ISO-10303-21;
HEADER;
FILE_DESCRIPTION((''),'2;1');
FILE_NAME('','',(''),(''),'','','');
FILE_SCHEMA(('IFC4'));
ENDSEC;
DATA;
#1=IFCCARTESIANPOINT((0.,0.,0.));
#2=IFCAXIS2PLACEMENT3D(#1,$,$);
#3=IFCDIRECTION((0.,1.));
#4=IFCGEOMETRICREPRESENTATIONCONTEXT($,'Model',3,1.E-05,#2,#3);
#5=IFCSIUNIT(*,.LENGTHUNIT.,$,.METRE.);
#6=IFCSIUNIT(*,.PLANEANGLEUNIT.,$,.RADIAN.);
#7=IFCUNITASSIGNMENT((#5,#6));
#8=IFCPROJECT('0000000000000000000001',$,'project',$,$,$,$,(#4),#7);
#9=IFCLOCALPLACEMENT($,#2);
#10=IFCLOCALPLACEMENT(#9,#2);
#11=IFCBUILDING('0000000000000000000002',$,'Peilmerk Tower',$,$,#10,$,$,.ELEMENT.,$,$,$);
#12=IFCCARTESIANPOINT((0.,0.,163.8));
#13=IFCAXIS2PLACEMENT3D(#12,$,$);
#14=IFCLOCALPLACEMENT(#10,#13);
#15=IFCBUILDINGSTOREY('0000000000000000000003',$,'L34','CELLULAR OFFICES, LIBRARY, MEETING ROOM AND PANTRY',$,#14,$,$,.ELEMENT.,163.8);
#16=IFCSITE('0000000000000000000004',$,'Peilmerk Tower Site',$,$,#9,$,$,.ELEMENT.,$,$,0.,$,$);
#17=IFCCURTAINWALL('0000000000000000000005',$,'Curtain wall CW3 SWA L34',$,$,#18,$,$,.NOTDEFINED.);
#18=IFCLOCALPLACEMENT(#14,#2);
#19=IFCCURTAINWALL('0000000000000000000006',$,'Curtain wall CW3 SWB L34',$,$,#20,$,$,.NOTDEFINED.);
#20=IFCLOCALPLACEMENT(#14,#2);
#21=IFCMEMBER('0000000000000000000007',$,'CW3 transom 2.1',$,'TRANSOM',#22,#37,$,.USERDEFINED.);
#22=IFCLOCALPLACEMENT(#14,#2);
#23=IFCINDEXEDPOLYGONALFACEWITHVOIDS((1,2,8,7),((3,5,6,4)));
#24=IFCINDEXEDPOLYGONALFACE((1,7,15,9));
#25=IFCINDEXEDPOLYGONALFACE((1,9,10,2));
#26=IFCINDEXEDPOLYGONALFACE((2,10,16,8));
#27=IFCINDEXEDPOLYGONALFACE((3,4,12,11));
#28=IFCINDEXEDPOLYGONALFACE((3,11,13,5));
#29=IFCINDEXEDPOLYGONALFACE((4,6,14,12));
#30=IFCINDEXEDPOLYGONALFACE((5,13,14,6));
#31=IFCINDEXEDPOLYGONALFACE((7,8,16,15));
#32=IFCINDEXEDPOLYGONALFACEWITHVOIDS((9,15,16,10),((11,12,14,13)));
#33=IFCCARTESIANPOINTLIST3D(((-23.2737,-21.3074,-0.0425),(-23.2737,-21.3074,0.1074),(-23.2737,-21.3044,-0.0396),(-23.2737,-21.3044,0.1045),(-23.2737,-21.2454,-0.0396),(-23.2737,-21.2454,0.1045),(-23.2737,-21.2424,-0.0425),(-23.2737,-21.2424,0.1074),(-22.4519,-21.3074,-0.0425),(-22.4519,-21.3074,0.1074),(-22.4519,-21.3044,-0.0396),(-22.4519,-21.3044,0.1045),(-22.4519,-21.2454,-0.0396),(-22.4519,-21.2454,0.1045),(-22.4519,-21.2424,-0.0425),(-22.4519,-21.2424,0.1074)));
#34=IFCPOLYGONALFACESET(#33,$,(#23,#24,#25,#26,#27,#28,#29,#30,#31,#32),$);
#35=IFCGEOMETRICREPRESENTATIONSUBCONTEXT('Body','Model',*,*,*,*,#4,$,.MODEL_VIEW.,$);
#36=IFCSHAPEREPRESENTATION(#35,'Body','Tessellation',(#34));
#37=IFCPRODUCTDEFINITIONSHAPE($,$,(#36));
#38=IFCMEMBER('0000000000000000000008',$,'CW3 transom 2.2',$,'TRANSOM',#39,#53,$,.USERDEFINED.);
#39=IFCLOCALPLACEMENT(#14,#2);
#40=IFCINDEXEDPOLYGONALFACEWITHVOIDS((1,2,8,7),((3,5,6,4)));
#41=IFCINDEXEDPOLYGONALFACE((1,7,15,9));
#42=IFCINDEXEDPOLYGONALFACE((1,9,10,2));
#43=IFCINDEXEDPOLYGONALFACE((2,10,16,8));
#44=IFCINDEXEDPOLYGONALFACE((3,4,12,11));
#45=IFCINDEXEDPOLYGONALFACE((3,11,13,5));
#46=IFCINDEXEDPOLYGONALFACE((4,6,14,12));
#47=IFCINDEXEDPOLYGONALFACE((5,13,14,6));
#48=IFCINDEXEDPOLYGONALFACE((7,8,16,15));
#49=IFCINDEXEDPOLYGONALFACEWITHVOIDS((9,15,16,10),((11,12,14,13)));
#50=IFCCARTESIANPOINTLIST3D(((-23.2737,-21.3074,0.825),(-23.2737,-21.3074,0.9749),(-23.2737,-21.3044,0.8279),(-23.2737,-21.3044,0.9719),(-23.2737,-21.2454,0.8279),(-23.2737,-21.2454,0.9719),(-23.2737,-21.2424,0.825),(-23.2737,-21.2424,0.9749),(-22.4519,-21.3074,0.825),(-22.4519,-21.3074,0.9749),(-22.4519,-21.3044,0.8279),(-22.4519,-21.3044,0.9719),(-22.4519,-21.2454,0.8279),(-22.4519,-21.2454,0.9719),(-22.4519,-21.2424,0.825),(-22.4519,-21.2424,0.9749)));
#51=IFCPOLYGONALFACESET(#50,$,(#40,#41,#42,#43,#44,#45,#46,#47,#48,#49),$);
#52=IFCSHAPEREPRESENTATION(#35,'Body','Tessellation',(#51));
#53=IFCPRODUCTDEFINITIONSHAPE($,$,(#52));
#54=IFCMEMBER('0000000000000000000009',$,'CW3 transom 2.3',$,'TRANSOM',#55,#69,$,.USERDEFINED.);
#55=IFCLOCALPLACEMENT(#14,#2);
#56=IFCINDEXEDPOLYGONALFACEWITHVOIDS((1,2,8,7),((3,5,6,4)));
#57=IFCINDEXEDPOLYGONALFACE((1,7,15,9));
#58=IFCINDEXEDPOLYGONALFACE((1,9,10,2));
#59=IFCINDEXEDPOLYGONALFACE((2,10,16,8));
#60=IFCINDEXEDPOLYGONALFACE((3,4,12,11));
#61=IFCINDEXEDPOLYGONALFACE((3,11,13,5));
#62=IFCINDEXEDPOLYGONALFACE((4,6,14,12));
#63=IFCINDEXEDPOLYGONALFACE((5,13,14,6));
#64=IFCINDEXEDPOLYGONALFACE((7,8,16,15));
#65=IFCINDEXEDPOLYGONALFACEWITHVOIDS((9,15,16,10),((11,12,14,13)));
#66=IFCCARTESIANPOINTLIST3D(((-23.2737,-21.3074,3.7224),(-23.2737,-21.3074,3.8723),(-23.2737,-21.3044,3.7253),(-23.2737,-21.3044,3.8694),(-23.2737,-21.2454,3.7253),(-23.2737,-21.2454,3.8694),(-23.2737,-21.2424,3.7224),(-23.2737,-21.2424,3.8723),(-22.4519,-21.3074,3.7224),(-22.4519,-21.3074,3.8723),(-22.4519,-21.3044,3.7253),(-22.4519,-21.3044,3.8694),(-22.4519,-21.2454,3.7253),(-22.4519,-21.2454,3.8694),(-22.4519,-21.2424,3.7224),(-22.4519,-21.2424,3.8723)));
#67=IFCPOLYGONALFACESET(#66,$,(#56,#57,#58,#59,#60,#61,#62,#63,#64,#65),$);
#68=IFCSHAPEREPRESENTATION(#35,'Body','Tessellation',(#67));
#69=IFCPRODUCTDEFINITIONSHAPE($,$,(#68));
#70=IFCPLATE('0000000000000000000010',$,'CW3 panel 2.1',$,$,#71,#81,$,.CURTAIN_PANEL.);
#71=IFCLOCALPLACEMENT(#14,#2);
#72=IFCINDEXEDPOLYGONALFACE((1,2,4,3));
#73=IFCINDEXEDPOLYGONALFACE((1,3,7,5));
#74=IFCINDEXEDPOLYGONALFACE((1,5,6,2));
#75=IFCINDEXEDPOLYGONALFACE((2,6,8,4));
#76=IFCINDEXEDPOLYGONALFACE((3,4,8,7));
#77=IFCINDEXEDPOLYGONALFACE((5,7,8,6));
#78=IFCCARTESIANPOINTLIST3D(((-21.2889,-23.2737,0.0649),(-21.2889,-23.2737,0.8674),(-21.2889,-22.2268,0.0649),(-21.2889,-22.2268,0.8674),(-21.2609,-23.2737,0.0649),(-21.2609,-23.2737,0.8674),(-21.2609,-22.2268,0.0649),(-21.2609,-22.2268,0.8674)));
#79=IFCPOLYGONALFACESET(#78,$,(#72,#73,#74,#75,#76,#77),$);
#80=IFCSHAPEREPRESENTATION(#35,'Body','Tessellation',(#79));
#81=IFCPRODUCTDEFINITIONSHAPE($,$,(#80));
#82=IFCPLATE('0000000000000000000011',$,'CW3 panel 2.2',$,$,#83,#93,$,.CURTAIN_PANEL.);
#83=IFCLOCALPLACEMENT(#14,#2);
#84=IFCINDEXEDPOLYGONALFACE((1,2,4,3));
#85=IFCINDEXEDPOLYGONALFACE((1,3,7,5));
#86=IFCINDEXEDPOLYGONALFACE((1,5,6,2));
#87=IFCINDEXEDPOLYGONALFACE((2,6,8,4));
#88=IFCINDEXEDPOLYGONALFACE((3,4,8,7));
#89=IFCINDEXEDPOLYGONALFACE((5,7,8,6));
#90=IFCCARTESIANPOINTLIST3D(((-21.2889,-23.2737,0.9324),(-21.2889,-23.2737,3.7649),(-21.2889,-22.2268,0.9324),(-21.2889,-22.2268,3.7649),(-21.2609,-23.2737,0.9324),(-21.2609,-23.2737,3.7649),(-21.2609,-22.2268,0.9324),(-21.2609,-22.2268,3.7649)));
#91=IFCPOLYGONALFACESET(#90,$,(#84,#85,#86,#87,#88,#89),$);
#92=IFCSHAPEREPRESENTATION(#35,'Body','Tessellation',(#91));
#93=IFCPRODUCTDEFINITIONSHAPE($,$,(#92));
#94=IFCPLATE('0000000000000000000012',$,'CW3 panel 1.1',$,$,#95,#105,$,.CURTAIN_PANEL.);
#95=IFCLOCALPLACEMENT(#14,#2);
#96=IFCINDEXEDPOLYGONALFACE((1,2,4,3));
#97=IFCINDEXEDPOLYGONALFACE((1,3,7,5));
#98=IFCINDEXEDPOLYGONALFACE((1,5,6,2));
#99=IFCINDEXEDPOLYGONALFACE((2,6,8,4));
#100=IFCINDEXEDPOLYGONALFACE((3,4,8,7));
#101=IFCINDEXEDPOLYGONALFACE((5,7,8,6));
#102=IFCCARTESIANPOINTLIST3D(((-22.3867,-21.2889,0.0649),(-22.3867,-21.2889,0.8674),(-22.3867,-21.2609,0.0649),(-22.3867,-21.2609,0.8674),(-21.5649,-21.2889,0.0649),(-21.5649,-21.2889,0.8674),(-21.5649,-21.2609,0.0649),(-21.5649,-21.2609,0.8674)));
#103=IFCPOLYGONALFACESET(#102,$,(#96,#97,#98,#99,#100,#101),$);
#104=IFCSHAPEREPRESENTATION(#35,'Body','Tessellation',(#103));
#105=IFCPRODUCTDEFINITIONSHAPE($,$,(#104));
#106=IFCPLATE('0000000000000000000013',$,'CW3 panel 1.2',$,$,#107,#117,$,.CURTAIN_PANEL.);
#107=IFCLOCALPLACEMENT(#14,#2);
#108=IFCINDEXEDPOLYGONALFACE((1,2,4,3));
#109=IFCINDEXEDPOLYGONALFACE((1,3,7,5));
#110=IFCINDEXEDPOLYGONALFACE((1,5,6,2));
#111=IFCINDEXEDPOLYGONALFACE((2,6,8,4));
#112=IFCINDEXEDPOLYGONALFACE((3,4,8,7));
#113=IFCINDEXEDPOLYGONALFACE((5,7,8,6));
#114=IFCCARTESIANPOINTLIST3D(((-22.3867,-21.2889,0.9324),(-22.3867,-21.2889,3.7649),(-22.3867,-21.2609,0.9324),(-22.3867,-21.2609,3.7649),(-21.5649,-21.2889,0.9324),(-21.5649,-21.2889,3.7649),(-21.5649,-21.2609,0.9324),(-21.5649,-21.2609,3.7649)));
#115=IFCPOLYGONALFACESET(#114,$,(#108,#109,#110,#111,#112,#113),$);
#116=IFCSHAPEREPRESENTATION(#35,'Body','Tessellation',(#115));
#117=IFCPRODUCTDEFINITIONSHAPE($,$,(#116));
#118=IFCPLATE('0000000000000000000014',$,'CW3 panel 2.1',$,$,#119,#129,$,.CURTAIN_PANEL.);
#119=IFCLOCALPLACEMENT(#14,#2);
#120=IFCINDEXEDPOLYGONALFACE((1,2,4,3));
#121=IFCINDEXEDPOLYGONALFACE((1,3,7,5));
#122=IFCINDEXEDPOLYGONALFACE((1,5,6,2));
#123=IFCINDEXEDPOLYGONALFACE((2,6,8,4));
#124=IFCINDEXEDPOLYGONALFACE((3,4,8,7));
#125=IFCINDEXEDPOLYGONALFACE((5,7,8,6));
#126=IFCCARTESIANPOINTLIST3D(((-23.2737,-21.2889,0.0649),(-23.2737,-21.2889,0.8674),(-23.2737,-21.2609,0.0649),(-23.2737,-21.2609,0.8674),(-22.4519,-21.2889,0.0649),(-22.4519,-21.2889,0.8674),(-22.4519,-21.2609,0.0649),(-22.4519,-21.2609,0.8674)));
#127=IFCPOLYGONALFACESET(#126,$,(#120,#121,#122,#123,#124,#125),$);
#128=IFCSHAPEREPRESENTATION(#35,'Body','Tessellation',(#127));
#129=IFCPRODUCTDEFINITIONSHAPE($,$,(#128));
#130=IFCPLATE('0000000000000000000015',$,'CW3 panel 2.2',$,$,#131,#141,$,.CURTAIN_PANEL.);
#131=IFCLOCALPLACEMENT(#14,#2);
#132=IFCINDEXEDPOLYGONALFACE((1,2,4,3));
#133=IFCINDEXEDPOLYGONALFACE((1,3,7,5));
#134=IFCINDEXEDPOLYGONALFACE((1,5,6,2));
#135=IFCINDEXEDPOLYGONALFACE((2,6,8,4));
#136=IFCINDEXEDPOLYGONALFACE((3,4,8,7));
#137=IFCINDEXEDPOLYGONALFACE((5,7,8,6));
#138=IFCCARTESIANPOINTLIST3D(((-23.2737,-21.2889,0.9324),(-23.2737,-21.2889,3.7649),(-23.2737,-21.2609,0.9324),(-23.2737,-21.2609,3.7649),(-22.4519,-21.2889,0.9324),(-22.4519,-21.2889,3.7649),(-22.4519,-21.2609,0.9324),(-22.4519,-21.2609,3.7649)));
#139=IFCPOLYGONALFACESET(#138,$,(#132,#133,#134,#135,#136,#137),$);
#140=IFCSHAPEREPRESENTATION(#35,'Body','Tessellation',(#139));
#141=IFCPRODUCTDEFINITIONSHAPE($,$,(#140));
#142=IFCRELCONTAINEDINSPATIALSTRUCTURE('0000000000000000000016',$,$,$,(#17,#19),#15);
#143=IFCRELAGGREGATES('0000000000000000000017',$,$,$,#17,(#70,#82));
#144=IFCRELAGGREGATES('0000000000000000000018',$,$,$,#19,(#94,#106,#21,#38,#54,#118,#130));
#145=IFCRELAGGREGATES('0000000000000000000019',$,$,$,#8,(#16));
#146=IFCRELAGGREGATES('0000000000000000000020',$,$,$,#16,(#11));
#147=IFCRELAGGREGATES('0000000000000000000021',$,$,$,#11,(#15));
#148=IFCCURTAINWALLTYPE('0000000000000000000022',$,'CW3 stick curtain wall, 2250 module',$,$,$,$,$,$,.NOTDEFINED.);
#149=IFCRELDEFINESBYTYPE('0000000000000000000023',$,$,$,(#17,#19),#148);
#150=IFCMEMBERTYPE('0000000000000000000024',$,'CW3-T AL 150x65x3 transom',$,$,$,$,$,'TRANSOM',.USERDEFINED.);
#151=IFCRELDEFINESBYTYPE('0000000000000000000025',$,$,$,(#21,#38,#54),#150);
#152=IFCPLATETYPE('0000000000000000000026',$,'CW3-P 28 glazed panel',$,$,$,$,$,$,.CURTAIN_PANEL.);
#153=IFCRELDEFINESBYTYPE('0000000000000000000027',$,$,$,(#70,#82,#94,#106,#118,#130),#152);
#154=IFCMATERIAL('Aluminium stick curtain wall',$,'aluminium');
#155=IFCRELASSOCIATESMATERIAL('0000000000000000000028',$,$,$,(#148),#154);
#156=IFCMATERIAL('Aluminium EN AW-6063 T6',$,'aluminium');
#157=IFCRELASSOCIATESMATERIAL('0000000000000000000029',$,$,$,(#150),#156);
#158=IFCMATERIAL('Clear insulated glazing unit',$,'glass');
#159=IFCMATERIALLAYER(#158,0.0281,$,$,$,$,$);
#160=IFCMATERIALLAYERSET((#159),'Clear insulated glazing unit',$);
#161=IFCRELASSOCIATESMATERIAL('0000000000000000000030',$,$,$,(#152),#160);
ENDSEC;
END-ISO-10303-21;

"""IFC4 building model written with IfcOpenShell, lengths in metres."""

from ifc_helpers import new_model, si_unit, direction, frame, origin, origin_2d, place, context, subcontext, project, spatial, rectangle, hollow_rectangle, extrude, material, layer, layer_set, material_profile, profile_set, type_object, element, aggregate, save


model = new_model("IFC4")

# Units and contexts
model_context = context("Model", 3, precision=1e-05, world=origin(), true_north=direction((0.0, 1.0)))
body_context = subcontext(model_context, "Body", "Model", "MODEL_VIEW")
ifc_project = project(units=[si_unit("LENGTHUNIT", "METRE"), si_unit("PLANEANGLEUNIT", "RADIAN")], contexts=[model_context])

# Site, building, storey
site_placement = place(None, origin())
site = spatial("IfcSite", under=ifc_project, at=site_placement, Name="Peilmerk Tower Site", CompositionType="ELEMENT", RefElevation=0.0)
building_placement = place(site_placement, origin())
building = spatial("IfcBuilding", under=site, at=building_placement, Name="Peilmerk Tower", CompositionType="ELEMENT")
storey_placement = place(building_placement, frame((0.0, 0.0, 163.8)))
storey = spatial("IfcBuildingStorey", under=building, at=storey_placement, Name="L34", Description="CELLULAR OFFICES, LIBRARY, MEETING ROOM AND PANTRY", CompositionType="ELEMENT", Elevation=163.8)

# Curtain wall
ifc_material_1 = material(Name="Aluminium stick curtain wall", Category="aluminium")
curtain_wall_type = type_object("IfcCurtainWallType", Name="CW3 stick curtain wall, 2250 module", PredefinedType="NOTDEFINED", material=ifc_material_1)
curtain_wall_1_placement = place(storey_placement, origin())
curtain_wall_1 = element("IfcCurtainWall", 1, at=curtain_wall_1_placement, inside=storey, type_object=curtain_wall_type, Name="Curtain wall CW3 SWA L34", PredefinedType="NOTDEFINED")
ifc_material_2 = material(Name="Aluminium EN AW-6063 T6", Category="aluminium")

# Curtain wall, members
curtain_wall_2_placement = place(storey_placement, origin())
curtain_wall_2 = element("IfcCurtainWall", 2, at=curtain_wall_2_placement, inside=storey, type_object=curtain_wall_type, Name="Curtain wall CW3 SWB L34", PredefinedType="NOTDEFINED")
ifc_material_profile_1 = material_profile(ifc_material_2, hollow_rectangle(XDim=0.0649, YDim=0.1499, WallThickness=0.0029, at=origin_2d()), Name="AL 150x65x3")
ifc_profile_set_1 = profile_set([ifc_material_profile_1], Name="Aluminium EN AW-6063 T6")
member_type_1 = type_object("IfcMemberType", Name="CW3-T AL 150x65x3 transom", ElementType="TRANSOM", PredefinedType="USERDEFINED", material=ifc_profile_set_1)
member_1_placement = place(storey_placement, frame((-22.4519, -21.2749, 0.0325), z_axis=(-1.0, 0.0, 0.0), x_axis=(0.0, -1.0, 0.0)))
member_1 = element("IfcMember", 3, at=member_1_placement, type_object=member_type_1, Name="CW3 transom 2.1", ObjectType="TRANSOM", PredefinedType="USERDEFINED", context=body_context, shape_type="SweptSolid", body=[
    extrude(hollow_rectangle(XDim=0.0649, YDim=0.1499, WallThickness=0.0029, at=origin_2d()), origin(), (0.0, 0.0, 1.0), 0.8218),
])
member_2_placement = place(storey_placement, frame((-22.4519, -21.2749, 0.8999), z_axis=(-1.0, 0.0, 0.0), x_axis=(0.0, -1.0, 0.0)))
member_2 = element("IfcMember", 4, at=member_2_placement, type_object=member_type_1, Name="CW3 transom 2.2", ObjectType="TRANSOM", PredefinedType="USERDEFINED", context=body_context, shape_type="SweptSolid", body=[
    extrude(hollow_rectangle(XDim=0.0649, YDim=0.1499, WallThickness=0.0029, at=origin_2d()), origin(), (0.0, 0.0, 1.0), 0.8218),
])
member_3_placement = place(storey_placement, frame((-22.4519, -21.2749, 3.7974), z_axis=(-1.0, 0.0, 0.0), x_axis=(0.0, -1.0, 0.0)))
member_3 = element("IfcMember", 5, at=member_3_placement, type_object=member_type_1, Name="CW3 transom 2.3", ObjectType="TRANSOM", PredefinedType="USERDEFINED", context=body_context, shape_type="SweptSolid", body=[
    extrude(hollow_rectangle(XDim=0.0649, YDim=0.1499, WallThickness=0.0029, at=origin_2d()), origin(), (0.0, 0.0, 1.0), 0.8218),
])

# Plates
ifc_material_3 = material(Name="Clear insulated glazing unit", Category="glass")
ifc_layer_1 = layer(ifc_material_3, 0.0281)
ifc_layer_set_1 = layer_set([ifc_layer_1], Name="Clear insulated glazing unit")
plate_type = type_object("IfcPlateType", Name="CW3-P 28 glazed panel", PredefinedType="CURTAIN_PANEL", material=ifc_layer_set_1)
plate_1_placement = place(storey_placement, frame((-21.2749, -22.7502, 0.0649), z_axis=(0.0, 0.0, 1.0), x_axis=(0.0, -1.0, 0.0)))
plate_1 = element("IfcPlate", 6, at=plate_1_placement, type_object=plate_type, Name="CW3 panel 2.1", PredefinedType="CURTAIN_PANEL", context=body_context, shape_type="SweptSolid", body=[
    extrude(rectangle(XDim=1.0469, YDim=0.0281, at=origin_2d()), origin(), (0.0, 0.0, 1.0), 0.8025),
])
plate_2_placement = place(storey_placement, frame((-21.2749, -22.7502, 0.9324), z_axis=(0.0, 0.0, 1.0), x_axis=(0.0, -1.0, 0.0)))
plate_2 = element("IfcPlate", 7, at=plate_2_placement, type_object=plate_type, Name="CW3 panel 2.2", PredefinedType="CURTAIN_PANEL", context=body_context, shape_type="SweptSolid", body=[
    extrude(rectangle(XDim=1.0469, YDim=0.0281, at=origin_2d()), origin(), (0.0, 0.0, 1.0), 2.8325),
])
aggregate(curtain_wall_1, [plate_1, plate_2])
plate_3_placement = place(storey_placement, frame((-21.9758, -21.2749, 0.0649), z_axis=(0.0, 0.0, 1.0), x_axis=(-1.0, 0.0, 0.0)))
plate_3 = element("IfcPlate", 8, at=plate_3_placement, type_object=plate_type, Name="CW3 panel 1.1", PredefinedType="CURTAIN_PANEL", context=body_context, shape_type="SweptSolid", body=[
    extrude(rectangle(XDim=0.8218, YDim=0.0281, at=origin_2d()), origin(), (0.0, 0.0, 1.0), 0.8025),
])
plate_4_placement = place(storey_placement, frame((-21.9758, -21.2749, 0.9324), z_axis=(0.0, 0.0, 1.0), x_axis=(-1.0, 0.0, 0.0)))
plate_4 = element("IfcPlate", 9, at=plate_4_placement, type_object=plate_type, Name="CW3 panel 1.2", PredefinedType="CURTAIN_PANEL", context=body_context, shape_type="SweptSolid", body=[
    extrude(rectangle(XDim=0.8218, YDim=0.0281, at=origin_2d()), origin(), (0.0, 0.0, 1.0), 2.8325),
])
plate_5_placement = place(storey_placement, frame((-22.8628, -21.2749, 0.0649), z_axis=(0.0, 0.0, 1.0), x_axis=(-1.0, 0.0, 0.0)))
plate_5 = element("IfcPlate", 10, at=plate_5_placement, type_object=plate_type, Name="CW3 panel 2.1", PredefinedType="CURTAIN_PANEL", context=body_context, shape_type="SweptSolid", body=[
    extrude(rectangle(XDim=0.8218, YDim=0.0281, at=origin_2d()), origin(), (0.0, 0.0, 1.0), 0.8025),
])
plate_6_placement = place(storey_placement, frame((-22.8628, -21.2749, 0.9324), z_axis=(0.0, 0.0, 1.0), x_axis=(-1.0, 0.0, 0.0)))
plate_6 = element("IfcPlate", 11, at=plate_6_placement, type_object=plate_type, Name="CW3 panel 2.2", PredefinedType="CURTAIN_PANEL", context=body_context, shape_type="SweptSolid", body=[
    extrude(rectangle(XDim=0.8218, YDim=0.0281, at=origin_2d()), origin(), (0.0, 0.0, 1.0), 2.8325),
])
aggregate(curtain_wall_2, [plate_3, plate_4, member_1, member_2, member_3, plate_5, plate_6])

save(model, "model.ifc")
